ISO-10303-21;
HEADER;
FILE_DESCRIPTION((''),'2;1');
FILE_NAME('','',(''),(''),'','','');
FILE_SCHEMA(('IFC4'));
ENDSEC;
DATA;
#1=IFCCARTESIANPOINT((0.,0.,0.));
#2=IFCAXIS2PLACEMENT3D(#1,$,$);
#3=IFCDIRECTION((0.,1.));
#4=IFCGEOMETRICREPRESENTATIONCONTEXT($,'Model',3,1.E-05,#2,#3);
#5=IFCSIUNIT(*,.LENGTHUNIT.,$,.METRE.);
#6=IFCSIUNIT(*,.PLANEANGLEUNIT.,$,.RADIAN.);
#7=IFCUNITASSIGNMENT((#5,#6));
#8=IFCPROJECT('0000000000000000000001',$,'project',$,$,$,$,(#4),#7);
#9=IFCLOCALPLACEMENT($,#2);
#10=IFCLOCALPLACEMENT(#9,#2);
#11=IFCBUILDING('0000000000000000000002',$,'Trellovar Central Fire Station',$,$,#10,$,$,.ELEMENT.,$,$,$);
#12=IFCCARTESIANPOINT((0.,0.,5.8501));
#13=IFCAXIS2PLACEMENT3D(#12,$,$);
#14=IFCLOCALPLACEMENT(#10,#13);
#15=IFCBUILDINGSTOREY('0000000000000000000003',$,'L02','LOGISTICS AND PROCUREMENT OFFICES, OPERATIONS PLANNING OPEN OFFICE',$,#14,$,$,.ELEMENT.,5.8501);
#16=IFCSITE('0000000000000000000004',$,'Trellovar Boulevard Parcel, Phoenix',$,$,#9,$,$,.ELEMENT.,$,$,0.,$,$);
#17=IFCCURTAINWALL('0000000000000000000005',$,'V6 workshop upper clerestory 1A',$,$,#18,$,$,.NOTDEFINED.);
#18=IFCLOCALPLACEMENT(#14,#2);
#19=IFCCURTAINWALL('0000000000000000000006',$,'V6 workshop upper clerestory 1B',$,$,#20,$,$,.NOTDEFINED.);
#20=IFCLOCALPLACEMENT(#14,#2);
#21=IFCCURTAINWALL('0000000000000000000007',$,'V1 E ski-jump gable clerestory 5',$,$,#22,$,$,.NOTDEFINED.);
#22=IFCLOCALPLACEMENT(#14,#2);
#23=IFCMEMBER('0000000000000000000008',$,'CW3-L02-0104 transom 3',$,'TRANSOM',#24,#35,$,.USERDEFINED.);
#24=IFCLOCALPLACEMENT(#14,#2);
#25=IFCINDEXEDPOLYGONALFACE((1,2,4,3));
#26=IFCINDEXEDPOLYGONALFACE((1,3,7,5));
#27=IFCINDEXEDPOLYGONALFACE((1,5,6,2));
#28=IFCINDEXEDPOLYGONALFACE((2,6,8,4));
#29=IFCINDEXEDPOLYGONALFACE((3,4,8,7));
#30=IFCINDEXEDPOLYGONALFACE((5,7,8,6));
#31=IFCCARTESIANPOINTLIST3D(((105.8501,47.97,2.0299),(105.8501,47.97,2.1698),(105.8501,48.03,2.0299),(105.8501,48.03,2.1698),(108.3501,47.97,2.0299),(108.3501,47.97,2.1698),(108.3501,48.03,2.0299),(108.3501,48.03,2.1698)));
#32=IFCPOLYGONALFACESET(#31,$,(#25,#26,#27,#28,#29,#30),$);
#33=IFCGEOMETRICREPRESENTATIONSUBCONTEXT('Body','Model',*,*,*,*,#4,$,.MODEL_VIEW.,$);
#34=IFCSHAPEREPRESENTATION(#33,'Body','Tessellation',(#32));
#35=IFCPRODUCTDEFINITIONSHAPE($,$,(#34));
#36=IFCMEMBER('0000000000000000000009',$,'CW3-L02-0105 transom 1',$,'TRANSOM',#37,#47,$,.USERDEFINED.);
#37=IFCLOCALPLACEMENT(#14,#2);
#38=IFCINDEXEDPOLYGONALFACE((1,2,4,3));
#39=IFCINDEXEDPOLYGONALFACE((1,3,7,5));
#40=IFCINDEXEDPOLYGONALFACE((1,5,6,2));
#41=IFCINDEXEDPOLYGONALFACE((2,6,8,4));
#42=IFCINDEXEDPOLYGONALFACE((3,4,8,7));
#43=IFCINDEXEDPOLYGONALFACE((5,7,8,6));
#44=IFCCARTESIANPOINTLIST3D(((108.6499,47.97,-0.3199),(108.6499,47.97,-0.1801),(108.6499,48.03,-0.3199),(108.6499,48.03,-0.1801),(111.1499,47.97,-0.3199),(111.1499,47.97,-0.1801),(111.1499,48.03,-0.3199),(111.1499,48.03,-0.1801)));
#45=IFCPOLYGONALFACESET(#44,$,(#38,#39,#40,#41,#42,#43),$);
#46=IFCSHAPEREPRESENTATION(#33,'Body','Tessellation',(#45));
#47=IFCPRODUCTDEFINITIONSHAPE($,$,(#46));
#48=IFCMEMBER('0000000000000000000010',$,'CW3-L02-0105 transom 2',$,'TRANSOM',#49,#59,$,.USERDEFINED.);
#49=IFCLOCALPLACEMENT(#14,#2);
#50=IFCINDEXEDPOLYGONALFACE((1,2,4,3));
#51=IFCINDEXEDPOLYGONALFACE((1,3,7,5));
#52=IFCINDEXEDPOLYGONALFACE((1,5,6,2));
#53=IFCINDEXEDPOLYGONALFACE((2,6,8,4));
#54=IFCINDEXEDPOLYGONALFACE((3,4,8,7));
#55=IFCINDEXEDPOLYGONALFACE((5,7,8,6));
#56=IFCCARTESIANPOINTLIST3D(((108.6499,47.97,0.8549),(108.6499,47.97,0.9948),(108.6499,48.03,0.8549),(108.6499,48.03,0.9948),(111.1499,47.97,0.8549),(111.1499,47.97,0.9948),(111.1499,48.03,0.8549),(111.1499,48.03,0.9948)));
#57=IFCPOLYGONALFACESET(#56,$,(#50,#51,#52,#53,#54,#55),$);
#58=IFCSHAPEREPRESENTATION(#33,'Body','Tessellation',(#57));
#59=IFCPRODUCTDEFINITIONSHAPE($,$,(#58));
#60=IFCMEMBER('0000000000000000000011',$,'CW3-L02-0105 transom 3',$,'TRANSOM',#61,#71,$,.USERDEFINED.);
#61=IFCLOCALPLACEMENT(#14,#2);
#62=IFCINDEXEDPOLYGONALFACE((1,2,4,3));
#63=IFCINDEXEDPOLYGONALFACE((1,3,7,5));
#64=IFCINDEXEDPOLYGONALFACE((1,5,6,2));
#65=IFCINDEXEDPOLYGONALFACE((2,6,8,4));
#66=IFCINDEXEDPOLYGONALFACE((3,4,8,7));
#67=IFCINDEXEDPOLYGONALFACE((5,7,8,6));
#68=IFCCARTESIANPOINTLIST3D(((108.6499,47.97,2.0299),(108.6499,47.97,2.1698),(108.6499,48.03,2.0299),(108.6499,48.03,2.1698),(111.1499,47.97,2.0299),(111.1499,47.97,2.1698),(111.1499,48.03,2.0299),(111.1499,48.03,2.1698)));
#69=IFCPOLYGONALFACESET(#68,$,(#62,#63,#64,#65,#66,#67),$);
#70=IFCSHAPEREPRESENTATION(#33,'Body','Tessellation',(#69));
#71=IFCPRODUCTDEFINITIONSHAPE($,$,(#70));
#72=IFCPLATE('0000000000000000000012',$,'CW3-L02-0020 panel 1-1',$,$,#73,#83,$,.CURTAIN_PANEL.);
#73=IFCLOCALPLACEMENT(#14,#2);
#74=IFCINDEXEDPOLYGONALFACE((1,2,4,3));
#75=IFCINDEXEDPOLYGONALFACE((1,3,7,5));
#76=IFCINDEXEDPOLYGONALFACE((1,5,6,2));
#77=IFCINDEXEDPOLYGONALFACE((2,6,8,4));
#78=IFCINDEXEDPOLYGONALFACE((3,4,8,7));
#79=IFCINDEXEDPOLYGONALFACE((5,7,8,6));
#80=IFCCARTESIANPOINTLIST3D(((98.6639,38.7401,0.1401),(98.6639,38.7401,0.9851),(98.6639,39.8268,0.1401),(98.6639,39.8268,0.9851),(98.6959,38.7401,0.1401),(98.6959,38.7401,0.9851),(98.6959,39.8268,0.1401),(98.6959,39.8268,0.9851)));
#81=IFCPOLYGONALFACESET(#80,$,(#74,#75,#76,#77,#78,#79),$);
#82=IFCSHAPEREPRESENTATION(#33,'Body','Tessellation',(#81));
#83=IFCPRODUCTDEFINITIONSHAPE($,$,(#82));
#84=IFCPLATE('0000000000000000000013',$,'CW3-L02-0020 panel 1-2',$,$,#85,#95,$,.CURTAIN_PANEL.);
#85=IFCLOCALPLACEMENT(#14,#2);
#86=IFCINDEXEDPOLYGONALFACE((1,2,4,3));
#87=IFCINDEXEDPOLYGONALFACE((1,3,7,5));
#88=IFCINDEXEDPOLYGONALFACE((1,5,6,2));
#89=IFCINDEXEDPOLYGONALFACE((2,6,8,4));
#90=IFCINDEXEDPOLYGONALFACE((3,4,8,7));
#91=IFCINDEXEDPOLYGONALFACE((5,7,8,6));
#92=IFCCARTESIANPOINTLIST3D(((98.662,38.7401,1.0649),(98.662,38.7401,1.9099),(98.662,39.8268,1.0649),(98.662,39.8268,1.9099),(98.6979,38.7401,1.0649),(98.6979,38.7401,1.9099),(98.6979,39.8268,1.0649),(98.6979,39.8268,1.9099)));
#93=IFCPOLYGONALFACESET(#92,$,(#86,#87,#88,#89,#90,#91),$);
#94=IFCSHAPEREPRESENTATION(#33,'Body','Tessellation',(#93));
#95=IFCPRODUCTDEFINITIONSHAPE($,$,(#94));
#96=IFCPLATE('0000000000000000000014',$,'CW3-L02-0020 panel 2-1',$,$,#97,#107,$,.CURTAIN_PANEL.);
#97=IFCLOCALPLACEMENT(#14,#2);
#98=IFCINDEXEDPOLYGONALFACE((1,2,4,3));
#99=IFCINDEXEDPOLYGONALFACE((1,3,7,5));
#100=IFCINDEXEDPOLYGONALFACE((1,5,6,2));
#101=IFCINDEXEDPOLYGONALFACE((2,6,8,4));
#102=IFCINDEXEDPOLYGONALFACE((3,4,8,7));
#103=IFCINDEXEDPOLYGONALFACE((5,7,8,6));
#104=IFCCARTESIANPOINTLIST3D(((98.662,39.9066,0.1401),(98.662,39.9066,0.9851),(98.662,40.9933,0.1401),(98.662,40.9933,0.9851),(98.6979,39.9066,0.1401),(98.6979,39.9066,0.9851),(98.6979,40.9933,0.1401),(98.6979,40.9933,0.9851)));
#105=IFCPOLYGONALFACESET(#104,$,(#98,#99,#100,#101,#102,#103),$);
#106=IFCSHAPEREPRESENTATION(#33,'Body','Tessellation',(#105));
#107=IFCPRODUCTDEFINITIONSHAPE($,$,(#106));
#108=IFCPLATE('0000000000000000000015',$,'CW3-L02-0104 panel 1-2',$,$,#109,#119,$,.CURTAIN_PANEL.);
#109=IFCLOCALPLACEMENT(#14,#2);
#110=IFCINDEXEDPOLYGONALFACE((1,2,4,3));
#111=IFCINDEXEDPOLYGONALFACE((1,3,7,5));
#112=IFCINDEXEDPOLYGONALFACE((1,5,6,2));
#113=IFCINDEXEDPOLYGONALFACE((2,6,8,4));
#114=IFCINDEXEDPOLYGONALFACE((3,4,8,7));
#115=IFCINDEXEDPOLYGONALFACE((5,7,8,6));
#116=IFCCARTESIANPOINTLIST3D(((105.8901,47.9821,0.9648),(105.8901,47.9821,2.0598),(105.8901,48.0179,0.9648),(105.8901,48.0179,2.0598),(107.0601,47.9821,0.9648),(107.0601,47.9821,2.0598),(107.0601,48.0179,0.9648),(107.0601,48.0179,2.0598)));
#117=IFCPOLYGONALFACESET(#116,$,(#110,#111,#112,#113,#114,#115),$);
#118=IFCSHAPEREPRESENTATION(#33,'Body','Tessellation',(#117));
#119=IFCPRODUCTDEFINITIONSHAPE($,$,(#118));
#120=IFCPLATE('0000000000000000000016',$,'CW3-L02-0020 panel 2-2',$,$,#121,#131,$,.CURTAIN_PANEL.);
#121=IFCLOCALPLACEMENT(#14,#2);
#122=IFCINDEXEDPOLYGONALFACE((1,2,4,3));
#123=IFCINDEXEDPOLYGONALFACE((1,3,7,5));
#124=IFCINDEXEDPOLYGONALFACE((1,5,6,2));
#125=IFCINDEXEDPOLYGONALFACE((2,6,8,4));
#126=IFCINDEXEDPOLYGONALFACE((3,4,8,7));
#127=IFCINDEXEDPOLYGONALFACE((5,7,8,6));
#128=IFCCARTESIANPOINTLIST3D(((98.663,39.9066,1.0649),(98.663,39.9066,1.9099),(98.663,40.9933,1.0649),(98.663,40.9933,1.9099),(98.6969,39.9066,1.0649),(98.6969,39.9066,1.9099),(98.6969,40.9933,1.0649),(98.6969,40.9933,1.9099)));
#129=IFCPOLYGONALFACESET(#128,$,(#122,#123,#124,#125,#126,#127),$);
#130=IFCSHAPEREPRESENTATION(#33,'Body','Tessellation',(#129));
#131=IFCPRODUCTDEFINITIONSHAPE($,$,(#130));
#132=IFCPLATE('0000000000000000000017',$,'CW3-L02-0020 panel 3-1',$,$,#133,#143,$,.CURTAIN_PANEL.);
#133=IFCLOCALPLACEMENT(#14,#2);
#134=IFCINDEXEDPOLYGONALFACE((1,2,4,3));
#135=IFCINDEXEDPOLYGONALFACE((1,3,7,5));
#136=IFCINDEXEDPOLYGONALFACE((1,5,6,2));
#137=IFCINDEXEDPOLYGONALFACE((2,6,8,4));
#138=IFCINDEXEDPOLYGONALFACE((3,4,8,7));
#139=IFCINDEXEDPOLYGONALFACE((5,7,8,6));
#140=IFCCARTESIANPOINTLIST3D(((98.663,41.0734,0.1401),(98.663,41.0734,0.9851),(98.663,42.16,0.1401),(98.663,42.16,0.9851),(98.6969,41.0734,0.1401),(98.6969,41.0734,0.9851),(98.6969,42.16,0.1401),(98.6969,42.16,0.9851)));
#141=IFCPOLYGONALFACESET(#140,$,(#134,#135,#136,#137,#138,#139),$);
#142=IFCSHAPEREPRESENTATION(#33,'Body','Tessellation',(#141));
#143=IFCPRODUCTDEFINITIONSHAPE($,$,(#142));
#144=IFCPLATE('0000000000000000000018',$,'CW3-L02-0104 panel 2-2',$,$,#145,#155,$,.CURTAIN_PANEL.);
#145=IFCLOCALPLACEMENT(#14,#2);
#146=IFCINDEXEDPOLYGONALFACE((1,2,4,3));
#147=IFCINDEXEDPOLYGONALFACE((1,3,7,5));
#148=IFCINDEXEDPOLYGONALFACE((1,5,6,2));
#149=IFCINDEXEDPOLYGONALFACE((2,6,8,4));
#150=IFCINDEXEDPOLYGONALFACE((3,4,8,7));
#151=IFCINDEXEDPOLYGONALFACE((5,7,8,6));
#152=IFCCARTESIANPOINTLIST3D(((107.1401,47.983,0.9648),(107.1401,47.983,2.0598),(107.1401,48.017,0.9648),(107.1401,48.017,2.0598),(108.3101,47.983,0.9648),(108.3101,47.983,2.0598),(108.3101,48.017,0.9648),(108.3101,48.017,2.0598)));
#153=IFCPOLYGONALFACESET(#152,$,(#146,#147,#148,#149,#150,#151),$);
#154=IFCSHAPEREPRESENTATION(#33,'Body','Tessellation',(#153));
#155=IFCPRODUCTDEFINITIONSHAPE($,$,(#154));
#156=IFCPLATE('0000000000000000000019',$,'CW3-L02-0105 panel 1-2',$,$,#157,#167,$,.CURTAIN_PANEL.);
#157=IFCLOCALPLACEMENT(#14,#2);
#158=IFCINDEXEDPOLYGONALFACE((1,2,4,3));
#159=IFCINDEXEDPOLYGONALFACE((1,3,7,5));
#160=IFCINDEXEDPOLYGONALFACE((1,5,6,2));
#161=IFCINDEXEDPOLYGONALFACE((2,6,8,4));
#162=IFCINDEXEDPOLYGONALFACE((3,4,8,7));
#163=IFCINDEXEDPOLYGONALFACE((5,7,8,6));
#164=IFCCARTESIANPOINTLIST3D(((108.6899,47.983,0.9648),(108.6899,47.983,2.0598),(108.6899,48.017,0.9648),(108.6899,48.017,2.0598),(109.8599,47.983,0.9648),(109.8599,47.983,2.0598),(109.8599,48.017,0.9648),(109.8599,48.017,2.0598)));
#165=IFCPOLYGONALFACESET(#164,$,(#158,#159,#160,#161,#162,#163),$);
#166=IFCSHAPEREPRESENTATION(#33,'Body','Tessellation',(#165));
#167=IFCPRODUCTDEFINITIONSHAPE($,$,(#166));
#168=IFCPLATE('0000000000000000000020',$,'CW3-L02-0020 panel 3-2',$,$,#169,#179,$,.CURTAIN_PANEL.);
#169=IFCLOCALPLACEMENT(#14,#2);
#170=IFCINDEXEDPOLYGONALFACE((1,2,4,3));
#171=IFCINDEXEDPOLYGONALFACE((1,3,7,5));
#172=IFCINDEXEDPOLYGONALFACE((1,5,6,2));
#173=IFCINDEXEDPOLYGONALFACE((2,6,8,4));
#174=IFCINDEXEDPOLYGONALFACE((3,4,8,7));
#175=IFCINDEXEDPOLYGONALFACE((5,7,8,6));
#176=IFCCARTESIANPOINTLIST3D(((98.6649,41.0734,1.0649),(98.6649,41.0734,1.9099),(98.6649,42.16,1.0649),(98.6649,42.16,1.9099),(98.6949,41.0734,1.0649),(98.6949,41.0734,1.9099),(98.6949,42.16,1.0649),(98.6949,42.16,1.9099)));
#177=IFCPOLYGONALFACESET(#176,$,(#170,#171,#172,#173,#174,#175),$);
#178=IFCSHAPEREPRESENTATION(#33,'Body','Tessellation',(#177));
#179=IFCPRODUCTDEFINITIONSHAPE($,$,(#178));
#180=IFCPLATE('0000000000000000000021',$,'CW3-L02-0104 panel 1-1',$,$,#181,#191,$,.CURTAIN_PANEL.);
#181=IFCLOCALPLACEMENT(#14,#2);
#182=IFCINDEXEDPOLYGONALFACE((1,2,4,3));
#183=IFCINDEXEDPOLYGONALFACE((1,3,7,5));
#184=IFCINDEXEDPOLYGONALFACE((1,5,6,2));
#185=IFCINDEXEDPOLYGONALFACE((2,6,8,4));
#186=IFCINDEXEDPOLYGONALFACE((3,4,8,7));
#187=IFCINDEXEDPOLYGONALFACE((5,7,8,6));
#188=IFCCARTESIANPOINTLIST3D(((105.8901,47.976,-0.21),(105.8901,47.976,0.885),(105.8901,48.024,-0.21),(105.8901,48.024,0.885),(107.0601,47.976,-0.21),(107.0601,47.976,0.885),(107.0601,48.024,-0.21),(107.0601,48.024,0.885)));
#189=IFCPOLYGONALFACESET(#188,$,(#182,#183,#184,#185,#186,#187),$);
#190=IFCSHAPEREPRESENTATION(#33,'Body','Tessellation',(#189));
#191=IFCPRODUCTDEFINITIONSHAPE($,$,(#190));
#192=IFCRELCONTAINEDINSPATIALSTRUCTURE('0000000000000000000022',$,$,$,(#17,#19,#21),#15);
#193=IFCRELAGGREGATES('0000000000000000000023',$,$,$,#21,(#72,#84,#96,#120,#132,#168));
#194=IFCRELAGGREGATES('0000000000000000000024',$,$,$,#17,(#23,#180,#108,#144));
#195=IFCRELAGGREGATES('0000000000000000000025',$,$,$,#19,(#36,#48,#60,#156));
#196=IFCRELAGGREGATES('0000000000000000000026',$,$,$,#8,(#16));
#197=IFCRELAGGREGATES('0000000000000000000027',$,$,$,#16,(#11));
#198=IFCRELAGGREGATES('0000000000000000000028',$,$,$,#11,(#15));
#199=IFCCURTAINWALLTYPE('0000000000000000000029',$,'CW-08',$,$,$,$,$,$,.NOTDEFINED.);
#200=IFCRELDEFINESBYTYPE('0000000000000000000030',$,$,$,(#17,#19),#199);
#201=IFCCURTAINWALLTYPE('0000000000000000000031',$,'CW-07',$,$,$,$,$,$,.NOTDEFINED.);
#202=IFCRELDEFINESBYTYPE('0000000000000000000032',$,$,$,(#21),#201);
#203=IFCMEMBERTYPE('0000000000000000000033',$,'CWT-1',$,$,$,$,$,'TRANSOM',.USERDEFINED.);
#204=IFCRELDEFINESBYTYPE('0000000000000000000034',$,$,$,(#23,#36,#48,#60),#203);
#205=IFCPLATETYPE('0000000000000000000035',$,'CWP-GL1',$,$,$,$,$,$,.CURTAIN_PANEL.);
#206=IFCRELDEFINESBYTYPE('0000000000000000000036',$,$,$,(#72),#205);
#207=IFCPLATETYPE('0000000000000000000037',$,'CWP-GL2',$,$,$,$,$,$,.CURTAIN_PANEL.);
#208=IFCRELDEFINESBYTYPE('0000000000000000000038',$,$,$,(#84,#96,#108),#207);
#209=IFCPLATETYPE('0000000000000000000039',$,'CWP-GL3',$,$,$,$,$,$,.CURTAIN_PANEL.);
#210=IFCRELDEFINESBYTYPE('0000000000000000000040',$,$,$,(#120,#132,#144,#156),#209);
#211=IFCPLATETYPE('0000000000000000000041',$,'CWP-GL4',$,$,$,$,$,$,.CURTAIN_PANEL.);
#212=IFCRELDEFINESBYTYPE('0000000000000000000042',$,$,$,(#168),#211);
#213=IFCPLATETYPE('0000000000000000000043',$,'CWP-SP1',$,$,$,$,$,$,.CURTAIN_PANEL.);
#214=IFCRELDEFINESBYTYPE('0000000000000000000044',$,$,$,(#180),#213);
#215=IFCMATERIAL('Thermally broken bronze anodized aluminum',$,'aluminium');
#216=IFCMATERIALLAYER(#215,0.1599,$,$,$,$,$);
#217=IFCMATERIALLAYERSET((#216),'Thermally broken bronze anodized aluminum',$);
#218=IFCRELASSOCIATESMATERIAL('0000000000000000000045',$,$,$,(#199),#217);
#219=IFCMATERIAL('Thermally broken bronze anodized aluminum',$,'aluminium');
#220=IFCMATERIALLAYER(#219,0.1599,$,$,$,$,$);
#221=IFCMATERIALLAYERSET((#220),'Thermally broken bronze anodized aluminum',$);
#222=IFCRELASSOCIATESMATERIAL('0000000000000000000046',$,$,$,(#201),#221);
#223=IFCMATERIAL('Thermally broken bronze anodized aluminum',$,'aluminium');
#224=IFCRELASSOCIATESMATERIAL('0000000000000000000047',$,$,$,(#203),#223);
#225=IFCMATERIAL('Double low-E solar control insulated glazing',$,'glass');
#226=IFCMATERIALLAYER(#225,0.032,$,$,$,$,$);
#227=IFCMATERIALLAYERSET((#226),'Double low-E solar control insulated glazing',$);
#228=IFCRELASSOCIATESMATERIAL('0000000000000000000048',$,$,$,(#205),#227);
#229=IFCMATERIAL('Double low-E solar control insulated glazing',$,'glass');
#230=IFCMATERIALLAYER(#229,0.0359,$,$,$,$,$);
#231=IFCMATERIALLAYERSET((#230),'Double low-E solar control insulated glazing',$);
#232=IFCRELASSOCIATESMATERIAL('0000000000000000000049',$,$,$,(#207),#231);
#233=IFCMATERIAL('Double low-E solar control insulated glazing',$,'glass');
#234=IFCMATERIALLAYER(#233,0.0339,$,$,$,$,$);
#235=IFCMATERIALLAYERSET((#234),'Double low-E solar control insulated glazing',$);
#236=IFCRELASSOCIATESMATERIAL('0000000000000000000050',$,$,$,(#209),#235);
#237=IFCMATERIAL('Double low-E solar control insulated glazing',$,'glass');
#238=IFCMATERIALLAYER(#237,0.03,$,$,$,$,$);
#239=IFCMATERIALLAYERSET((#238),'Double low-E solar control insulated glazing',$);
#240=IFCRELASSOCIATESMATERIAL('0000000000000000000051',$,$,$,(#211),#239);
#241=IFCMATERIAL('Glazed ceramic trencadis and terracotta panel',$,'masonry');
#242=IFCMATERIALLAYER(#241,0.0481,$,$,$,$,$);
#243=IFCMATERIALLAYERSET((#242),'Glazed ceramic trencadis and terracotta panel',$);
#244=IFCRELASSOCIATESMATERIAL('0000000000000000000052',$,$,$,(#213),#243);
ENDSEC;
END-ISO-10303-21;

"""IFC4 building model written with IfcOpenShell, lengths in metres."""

from ifc_helpers import new_model, si_unit, direction, frame, origin, origin_2d, place, context, subcontext, project, spatial, rectangle, extrude, material, layer, layer_set, material_profile, profile_set, type_object, element, aggregate, save


model = new_model("IFC4")

# Units and contexts
model_context = context("Model", 3, precision=1e-05, world=origin(), true_north=direction((0.0, 1.0)))
body_context = subcontext(model_context, "Body", "Model", "MODEL_VIEW")
ifc_project = project(units=[si_unit("LENGTHUNIT", "METRE"), si_unit("PLANEANGLEUNIT", "RADIAN")], contexts=[model_context])

# Site, building, storey
site_placement = place(None, origin())
site = spatial("IfcSite", under=ifc_project, at=site_placement, Name="Trellovar Boulevard Parcel, Phoenix", CompositionType="ELEMENT", RefElevation=0.0)
building_placement = place(site_placement, origin())
building = spatial("IfcBuilding", under=site, at=building_placement, Name="Trellovar Central Fire Station", CompositionType="ELEMENT")
storey_placement = place(building_placement, frame((0.0, 0.0, 5.8501)))
storey = spatial("IfcBuildingStorey", under=building, at=storey_placement, Name="L02", Description="LOGISTICS AND PROCUREMENT OFFICES, OPERATIONS PLANNING OPEN OFFICE", CompositionType="ELEMENT", Elevation=5.8501)

# Curtain walls
ifc_material_1 = material(Name="Thermally broken bronze anodized aluminum", Category="aluminium")
ifc_layer_1 = layer(ifc_material_1, 0.1599)
ifc_layer_set_1 = layer_set([ifc_layer_1], Name="Thermally broken bronze anodized aluminum")
curtain_wall_type_1 = type_object("IfcCurtainWallType", Name="CW-08", PredefinedType="NOTDEFINED", material=ifc_layer_set_1)
curtain_wall_1_placement = place(storey_placement, origin())
curtain_wall_1 = element("IfcCurtainWall", 1, at=curtain_wall_1_placement, inside=storey, type_object=curtain_wall_type_1, Name="V6 workshop upper clerestory 1A", PredefinedType="NOTDEFINED")
curtain_wall_2_placement = place(storey_placement, origin())
curtain_wall_2 = element("IfcCurtainWall", 2, at=curtain_wall_2_placement, inside=storey, type_object=curtain_wall_type_1, Name="V6 workshop upper clerestory 1B", PredefinedType="NOTDEFINED")
ifc_material_2 = material(Name="Thermally broken bronze anodized aluminum", Category="aluminium")
ifc_layer_2 = layer(ifc_material_2, 0.1599)
ifc_layer_set_2 = layer_set([ifc_layer_2], Name="Thermally broken bronze anodized aluminum")
curtain_wall_type_2 = type_object("IfcCurtainWallType", Name="CW-07", PredefinedType="NOTDEFINED", material=ifc_layer_set_2)
curtain_wall_3_placement = place(storey_placement, origin())
curtain_wall_3 = element("IfcCurtainWall", 3, at=curtain_wall_3_placement, inside=storey, type_object=curtain_wall_type_2, Name="V1 E ski-jump gable clerestory 5", PredefinedType="NOTDEFINED")

# Members
ifc_material_3 = material(Name="Thermally broken bronze anodized aluminum", Category="aluminium")
ifc_material_profile_1 = material_profile(ifc_material_3, rectangle(XDim=0.0601, YDim=0.1399, at=origin_2d()), Name="ALU60X140")
ifc_profile_set_1 = profile_set([ifc_material_profile_1], Name="Thermally broken bronze anodized aluminum")
member_type_1 = type_object("IfcMemberType", Name="CWT-1", ElementType="TRANSOM", PredefinedType="USERDEFINED", material=ifc_profile_set_1)
member_1_placement = place(storey_placement, frame((105.8501, 48.0, 2.0999), z_axis=(1.0, 0.0, 0.0), x_axis=(0.0, 1.0, 0.0)))
member_1 = element("IfcMember", 4, at=member_1_placement, type_object=member_type_1, Name="CW3-L02-0104 transom 3", ObjectType="TRANSOM", PredefinedType="USERDEFINED", context=body_context, shape_type="SweptSolid", body=[
    extrude(rectangle(XDim=0.0601, YDim=0.1399, at=origin_2d()), origin(), (0.0, 0.0, 1.0), 2.5),
])
member_2_placement = place(storey_placement, frame((108.6499, 48.0, -0.25), z_axis=(1.0, 0.0, 0.0), x_axis=(0.0, 1.0, 0.0)))
member_2 = element("IfcMember", 5, at=member_2_placement, type_object=member_type_1, Name="CW3-L02-0105 transom 1", ObjectType="TRANSOM", PredefinedType="USERDEFINED", context=body_context, shape_type="SweptSolid", body=[
    extrude(rectangle(XDim=0.0601, YDim=0.1399, at=origin_2d()), origin(), (0.0, 0.0, 1.0), 2.5),
])
member_3_placement = place(storey_placement, frame((108.6499, 48.0, 0.9248), z_axis=(1.0, 0.0, 0.0), x_axis=(0.0, 1.0, 0.0)))
member_3 = element("IfcMember", 6, at=member_3_placement, type_object=member_type_1, Name="CW3-L02-0105 transom 2", ObjectType="TRANSOM", PredefinedType="USERDEFINED", context=body_context, shape_type="SweptSolid", body=[
    extrude(rectangle(XDim=0.0601, YDim=0.1399, at=origin_2d()), origin(), (0.0, 0.0, 1.0), 2.5),
])
member_4_placement = place(storey_placement, frame((108.6499, 48.0, 2.0999), z_axis=(1.0, 0.0, 0.0), x_axis=(0.0, 1.0, 0.0)))
member_4 = element("IfcMember", 7, at=member_4_placement, type_object=member_type_1, Name="CW3-L02-0105 transom 3", ObjectType="TRANSOM", PredefinedType="USERDEFINED", context=body_context, shape_type="SweptSolid", body=[
    extrude(rectangle(XDim=0.0601, YDim=0.1399, at=origin_2d()), origin(), (0.0, 0.0, 1.0), 2.5),
])

# Plates
ifc_material_4 = material(Name="Double low-E solar control insulated glazing", Category="glass")
ifc_layer_3 = layer(ifc_material_4, 0.032)
ifc_layer_set_3 = layer_set([ifc_layer_3], Name="Double low-E solar control insulated glazing")
plate_type_1 = type_object("IfcPlateType", Name="CWP-GL1", PredefinedType="CURTAIN_PANEL", material=ifc_layer_set_3)
plate_1_placement = place(storey_placement, frame((98.6799, 39.2834, 0.1401), z_axis=(0.0, 0.0, 1.0), x_axis=(0.0, 1.0, 0.0)))
plate_1 = element("IfcPlate", 8, at=plate_1_placement, type_object=plate_type_1, Name="CW3-L02-0020 panel 1-1", PredefinedType="CURTAIN_PANEL", context=body_context, shape_type="SweptSolid", body=[
    extrude(rectangle(XDim=1.0867, YDim=0.032, at=origin_2d()), origin(), (0.0, 0.0, 1.0), 0.845),
])
ifc_material_5 = material(Name="Double low-E solar control insulated glazing", Category="glass")
ifc_layer_4 = layer(ifc_material_5, 0.0359)
ifc_layer_set_4 = layer_set([ifc_layer_4], Name="Double low-E solar control insulated glazing")
plate_type_2 = type_object("IfcPlateType", Name="CWP-GL2", PredefinedType="CURTAIN_PANEL", material=ifc_layer_set_4)
plate_2_placement = place(storey_placement, frame((98.6799, 39.2834, 1.0649), z_axis=(0.0, 0.0, 1.0), x_axis=(0.0, 1.0, 0.0)))
plate_2 = element("IfcPlate", 9, at=plate_2_placement, type_object=plate_type_2, Name="CW3-L02-0020 panel 1-2", PredefinedType="CURTAIN_PANEL", context=body_context, shape_type="SweptSolid", body=[
    extrude(rectangle(XDim=1.0867, YDim=0.0359, at=origin_2d()), origin(), (0.0, 0.0, 1.0), 0.845),
])
plate_3_placement = place(storey_placement, frame((98.6799, 40.45, 0.1401), z_axis=(0.0, 0.0, 1.0), x_axis=(0.0, 1.0, 0.0)))
plate_3 = element("IfcPlate", 10, at=plate_3_placement, type_object=plate_type_2, Name="CW3-L02-0020 panel 2-1", PredefinedType="CURTAIN_PANEL", context=body_context, shape_type="SweptSolid", body=[
    extrude(rectangle(XDim=1.0867, YDim=0.0359, at=origin_2d()), origin(), (0.0, 0.0, 1.0), 0.845),
])
plate_4_placement = place(storey_placement, frame((106.4751, 48.0, 0.9648), z_axis=(0.0, 0.0, 1.0), x_axis=(1.0, 0.0, 0.0)))
plate_4 = element("IfcPlate", 11, at=plate_4_placement, type_object=plate_type_2, Name="CW3-L02-0104 panel 1-2", PredefinedType="CURTAIN_PANEL", context=body_context, shape_type="SweptSolid", body=[
    extrude(rectangle(XDim=1.1699, YDim=0.0359, at=origin_2d()), origin(), (0.0, 0.0, 1.0), 1.095),
])
ifc_material_6 = material(Name="Double low-E solar control insulated glazing", Category="glass")
ifc_layer_5 = layer(ifc_material_6, 0.0339)
ifc_layer_set_5 = layer_set([ifc_layer_5], Name="Double low-E solar control insulated glazing")
plate_type_3 = type_object("IfcPlateType", Name="CWP-GL3", PredefinedType="CURTAIN_PANEL", material=ifc_layer_set_5)
plate_5_placement = place(storey_placement, frame((98.6799, 40.45, 1.0649), z_axis=(0.0, 0.0, 1.0), x_axis=(0.0, 1.0, 0.0)))
plate_5 = element("IfcPlate", 12, at=plate_5_placement, type_object=plate_type_3, Name="CW3-L02-0020 panel 2-2", PredefinedType="CURTAIN_PANEL", context=body_context, shape_type="SweptSolid", body=[
    extrude(rectangle(XDim=1.0867, YDim=0.0339, at=origin_2d()), origin(), (0.0, 0.0, 1.0), 0.845),
])
plate_6_placement = place(storey_placement, frame((98.6799, 41.6167, 0.1401), z_axis=(0.0, 0.0, 1.0), x_axis=(0.0, 1.0, 0.0)))
plate_6 = element("IfcPlate", 13, at=plate_6_placement, type_object=plate_type_3, Name="CW3-L02-0020 panel 3-1", PredefinedType="CURTAIN_PANEL", context=body_context, shape_type="SweptSolid", body=[
    extrude(rectangle(XDim=1.0867, YDim=0.0339, at=origin_2d()), origin(), (0.0, 0.0, 1.0), 0.845),
])
plate_7_placement = place(storey_placement, frame((107.7251, 48.0, 0.9648), z_axis=(0.0, 0.0, 1.0), x_axis=(1.0, 0.0, 0.0)))
plate_7 = element("IfcPlate", 14, at=plate_7_placement, type_object=plate_type_3, Name="CW3-L02-0104 panel 2-2", PredefinedType="CURTAIN_PANEL", context=body_context, shape_type="SweptSolid", body=[
    extrude(rectangle(XDim=1.1699, YDim=0.0339, at=origin_2d()), origin(), (0.0, 0.0, 1.0), 1.095),
])
plate_8_placement = place(storey_placement, frame((109.2749, 48.0, 0.9648), z_axis=(0.0, 0.0, 1.0), x_axis=(1.0, 0.0, 0.0)))
plate_8 = element("IfcPlate", 15, at=plate_8_placement, type_object=plate_type_3, Name="CW3-L02-0105 panel 1-2", PredefinedType="CURTAIN_PANEL", context=body_context, shape_type="SweptSolid", body=[
    extrude(rectangle(XDim=1.1699, YDim=0.0339, at=origin_2d()), origin(), (0.0, 0.0, 1.0), 1.095),
])
ifc_material_7 = material(Name="Double low-E solar control insulated glazing", Category="glass")
ifc_layer_6 = layer(ifc_material_7, 0.03)
ifc_layer_set_6 = layer_set([ifc_layer_6], Name="Double low-E solar control insulated glazing")
plate_type_4 = type_object("IfcPlateType", Name="CWP-GL4", PredefinedType="CURTAIN_PANEL", material=ifc_layer_set_6)
plate_9_placement = place(storey_placement, frame((98.6799, 41.6167, 1.0649), z_axis=(0.0, 0.0, 1.0), x_axis=(0.0, 1.0, 0.0)))
plate_9 = element("IfcPlate", 16, at=plate_9_placement, type_object=plate_type_4, Name="CW3-L02-0020 panel 3-2", PredefinedType="CURTAIN_PANEL", context=body_context, shape_type="SweptSolid", body=[
    extrude(rectangle(XDim=1.0867, YDim=0.03, at=origin_2d()), origin(), (0.0, 0.0, 1.0), 0.845),
])
aggregate(curtain_wall_3, [plate_1, plate_2, plate_3, plate_5, plate_6, plate_9])
ifc_material_8 = material(Name="Glazed ceramic trencadis and terracotta panel", Category="masonry")
ifc_layer_7 = layer(ifc_material_8, 0.0481)
ifc_layer_set_7 = layer_set([ifc_layer_7], Name="Glazed ceramic trencadis and terracotta panel")
plate_type_5 = type_object("IfcPlateType", Name="CWP-SP1", PredefinedType="CURTAIN_PANEL", material=ifc_layer_set_7)
plate_10_placement = place(storey_placement, frame((106.4751, 48.0, -0.21), z_axis=(0.0, 0.0, 1.0), x_axis=(1.0, 0.0, 0.0)))
plate_10 = element("IfcPlate", 17, at=plate_10_placement, type_object=plate_type_5, Name="CW3-L02-0104 panel 1-1", PredefinedType="CURTAIN_PANEL", context=body_context, shape_type="SweptSolid", body=[
    extrude(rectangle(XDim=1.1699, YDim=0.0481, at=origin_2d()), origin(), (0.0, 0.0, 1.0), 1.095),
])
aggregate(curtain_wall_1, [member_1, plate_10, plate_4, plate_7])
aggregate(curtain_wall_2, [member_2, member_3, member_4, plate_8])

save(model, "model.ifc")
